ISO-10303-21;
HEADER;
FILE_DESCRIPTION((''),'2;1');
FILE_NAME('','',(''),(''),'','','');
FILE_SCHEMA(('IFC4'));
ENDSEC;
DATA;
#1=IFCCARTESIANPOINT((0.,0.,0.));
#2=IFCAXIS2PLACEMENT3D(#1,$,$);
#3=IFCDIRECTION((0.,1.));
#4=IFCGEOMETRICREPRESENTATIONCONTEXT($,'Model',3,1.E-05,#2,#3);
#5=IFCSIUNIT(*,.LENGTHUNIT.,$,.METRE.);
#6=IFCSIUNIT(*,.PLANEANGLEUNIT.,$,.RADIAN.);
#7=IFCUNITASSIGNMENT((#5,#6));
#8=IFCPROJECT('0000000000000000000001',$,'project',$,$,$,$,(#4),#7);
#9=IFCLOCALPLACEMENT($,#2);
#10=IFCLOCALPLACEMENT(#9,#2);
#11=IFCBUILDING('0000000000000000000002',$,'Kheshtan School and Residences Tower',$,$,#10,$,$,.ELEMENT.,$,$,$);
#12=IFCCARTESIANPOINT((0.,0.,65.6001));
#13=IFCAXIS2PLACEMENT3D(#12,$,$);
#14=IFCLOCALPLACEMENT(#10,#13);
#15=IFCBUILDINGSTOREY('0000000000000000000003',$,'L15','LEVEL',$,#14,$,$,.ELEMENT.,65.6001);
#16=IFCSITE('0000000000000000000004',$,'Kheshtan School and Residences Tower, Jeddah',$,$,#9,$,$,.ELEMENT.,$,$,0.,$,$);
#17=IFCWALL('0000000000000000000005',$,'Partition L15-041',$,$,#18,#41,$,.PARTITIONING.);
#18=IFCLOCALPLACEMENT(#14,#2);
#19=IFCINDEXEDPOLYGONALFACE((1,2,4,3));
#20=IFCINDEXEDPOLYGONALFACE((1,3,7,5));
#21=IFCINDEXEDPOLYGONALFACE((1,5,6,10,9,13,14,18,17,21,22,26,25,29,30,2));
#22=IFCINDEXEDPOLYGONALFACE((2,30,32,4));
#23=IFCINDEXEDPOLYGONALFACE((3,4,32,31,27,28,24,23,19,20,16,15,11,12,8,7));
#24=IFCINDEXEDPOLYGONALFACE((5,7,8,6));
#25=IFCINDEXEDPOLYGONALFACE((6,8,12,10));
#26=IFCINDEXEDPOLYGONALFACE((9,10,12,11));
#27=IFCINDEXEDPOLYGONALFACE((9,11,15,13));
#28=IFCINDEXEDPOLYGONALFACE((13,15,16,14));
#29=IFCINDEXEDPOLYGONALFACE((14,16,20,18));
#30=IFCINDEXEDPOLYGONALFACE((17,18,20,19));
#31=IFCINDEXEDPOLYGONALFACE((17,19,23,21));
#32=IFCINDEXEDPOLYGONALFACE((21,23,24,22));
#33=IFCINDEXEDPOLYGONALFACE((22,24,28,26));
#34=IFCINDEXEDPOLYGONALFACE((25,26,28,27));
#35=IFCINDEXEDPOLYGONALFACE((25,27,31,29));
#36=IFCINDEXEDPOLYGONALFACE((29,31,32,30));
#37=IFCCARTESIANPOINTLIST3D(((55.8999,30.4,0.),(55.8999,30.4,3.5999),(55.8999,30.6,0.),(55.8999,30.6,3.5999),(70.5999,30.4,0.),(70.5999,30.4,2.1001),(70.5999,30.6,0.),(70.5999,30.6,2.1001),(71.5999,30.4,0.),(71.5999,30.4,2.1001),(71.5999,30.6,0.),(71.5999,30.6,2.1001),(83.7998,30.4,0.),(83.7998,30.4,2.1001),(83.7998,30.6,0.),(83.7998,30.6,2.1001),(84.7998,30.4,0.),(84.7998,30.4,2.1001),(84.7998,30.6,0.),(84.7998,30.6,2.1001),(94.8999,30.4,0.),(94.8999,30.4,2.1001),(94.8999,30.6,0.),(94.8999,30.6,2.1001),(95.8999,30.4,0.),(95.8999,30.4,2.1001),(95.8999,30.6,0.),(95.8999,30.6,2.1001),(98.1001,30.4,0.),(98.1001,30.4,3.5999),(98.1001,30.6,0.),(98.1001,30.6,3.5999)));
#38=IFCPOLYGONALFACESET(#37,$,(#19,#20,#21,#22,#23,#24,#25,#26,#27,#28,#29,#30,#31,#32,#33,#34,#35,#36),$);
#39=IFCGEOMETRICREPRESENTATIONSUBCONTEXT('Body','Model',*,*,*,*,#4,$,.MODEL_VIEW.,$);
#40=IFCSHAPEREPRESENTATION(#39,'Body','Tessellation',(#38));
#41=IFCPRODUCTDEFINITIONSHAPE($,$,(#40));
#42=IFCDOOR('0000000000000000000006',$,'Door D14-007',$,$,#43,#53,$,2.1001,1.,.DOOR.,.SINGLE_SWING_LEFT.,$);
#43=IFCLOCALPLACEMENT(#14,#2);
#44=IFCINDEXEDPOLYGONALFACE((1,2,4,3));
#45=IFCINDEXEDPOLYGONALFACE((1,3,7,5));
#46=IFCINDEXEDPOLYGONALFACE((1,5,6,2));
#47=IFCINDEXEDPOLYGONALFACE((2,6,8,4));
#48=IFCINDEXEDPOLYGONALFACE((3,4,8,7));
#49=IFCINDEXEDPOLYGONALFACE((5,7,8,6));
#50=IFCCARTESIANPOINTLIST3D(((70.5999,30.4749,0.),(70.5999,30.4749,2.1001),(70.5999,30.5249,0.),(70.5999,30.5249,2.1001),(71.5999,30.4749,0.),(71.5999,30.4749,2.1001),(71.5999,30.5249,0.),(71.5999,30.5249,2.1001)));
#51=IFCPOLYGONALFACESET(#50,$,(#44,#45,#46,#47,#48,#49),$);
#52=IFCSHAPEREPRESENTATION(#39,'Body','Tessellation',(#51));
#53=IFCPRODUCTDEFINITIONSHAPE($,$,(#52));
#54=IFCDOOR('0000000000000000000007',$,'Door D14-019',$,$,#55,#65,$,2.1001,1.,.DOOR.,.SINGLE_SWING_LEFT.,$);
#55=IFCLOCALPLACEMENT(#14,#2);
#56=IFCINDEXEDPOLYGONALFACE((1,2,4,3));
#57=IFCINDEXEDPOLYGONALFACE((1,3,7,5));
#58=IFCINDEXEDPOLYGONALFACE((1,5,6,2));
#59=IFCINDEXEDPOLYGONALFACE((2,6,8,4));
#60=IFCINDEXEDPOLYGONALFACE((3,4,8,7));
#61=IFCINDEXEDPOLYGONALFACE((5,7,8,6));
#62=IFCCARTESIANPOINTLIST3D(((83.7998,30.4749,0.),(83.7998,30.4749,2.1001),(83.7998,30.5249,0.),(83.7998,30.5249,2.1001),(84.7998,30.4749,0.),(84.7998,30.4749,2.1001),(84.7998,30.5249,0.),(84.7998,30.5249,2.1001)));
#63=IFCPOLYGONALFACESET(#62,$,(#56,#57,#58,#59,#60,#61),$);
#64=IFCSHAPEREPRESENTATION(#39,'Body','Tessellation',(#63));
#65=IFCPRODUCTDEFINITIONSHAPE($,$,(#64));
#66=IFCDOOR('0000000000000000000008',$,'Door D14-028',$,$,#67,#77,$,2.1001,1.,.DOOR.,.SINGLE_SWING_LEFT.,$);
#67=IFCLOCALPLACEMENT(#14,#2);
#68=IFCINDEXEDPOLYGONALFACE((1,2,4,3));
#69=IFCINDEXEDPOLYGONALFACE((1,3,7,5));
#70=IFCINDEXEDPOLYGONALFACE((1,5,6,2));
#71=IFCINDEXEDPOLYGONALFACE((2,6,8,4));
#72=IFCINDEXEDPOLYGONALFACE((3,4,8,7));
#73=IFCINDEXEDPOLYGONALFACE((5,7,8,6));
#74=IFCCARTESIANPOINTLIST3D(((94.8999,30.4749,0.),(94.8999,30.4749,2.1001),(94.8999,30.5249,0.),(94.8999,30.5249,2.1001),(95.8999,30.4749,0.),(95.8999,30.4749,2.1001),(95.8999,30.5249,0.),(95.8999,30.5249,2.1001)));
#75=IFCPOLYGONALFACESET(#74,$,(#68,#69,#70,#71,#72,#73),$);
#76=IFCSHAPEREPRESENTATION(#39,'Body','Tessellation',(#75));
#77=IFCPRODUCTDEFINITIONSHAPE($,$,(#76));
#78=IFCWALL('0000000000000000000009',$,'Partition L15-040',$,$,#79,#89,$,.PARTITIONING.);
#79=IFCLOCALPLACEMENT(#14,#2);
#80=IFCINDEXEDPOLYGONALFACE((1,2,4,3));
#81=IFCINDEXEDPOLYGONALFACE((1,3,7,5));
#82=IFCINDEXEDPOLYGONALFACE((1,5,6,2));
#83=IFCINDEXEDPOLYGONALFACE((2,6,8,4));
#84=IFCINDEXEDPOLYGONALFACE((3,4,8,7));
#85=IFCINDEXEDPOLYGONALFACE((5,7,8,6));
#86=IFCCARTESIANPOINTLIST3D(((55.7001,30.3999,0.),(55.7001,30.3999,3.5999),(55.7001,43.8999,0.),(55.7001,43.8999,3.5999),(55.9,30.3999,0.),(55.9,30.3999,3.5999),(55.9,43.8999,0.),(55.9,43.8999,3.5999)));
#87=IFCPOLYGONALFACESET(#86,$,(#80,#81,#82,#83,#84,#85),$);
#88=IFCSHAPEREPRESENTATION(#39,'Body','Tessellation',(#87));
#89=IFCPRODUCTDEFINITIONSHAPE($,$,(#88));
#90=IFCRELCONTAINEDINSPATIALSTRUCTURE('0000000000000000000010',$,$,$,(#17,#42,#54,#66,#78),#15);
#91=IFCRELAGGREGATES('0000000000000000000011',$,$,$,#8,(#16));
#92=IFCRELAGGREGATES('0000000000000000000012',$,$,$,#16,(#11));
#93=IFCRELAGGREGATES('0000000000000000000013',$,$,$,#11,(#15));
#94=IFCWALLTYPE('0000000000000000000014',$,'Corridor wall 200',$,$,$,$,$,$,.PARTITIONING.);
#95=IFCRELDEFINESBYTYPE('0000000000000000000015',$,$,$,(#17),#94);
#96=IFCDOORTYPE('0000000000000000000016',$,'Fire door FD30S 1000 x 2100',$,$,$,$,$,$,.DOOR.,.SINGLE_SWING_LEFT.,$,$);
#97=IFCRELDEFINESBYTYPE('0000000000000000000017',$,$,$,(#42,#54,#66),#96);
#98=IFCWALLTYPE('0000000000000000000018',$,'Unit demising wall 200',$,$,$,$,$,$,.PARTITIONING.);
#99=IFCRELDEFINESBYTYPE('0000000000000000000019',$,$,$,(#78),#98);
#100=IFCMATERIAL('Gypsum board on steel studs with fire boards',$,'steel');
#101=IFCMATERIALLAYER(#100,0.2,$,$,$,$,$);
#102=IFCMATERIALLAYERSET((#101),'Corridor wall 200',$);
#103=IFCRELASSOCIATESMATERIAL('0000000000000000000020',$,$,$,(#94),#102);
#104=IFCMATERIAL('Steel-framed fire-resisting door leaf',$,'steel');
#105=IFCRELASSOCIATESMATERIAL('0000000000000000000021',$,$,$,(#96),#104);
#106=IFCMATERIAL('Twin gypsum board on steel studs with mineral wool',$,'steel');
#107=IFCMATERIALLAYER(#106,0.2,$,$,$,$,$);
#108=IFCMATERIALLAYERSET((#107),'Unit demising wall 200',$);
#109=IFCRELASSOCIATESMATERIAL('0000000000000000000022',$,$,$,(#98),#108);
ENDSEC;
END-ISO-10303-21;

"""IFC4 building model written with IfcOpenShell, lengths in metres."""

from ifc_helpers import new_model, si_unit, direction, frame, frame_2d, origin, place, context, subcontext, project, spatial, rectangle, extrude, source, transform, mapped, material, layer, layer_set, type_object, element, fill, save


model = new_model("IFC4")

# Units and contexts
model_context = context("Model", 3, precision=1e-05, world=origin(), true_north=direction((0.0, 1.0)))
body_context = subcontext(model_context, "Body", "Model", "MODEL_VIEW")
ifc_project = project(units=[si_unit("LENGTHUNIT", "METRE"), si_unit("PLANEANGLEUNIT", "RADIAN")], contexts=[model_context])

# Site, building, storey
site_placement = place(None, origin())
site = spatial("IfcSite", under=ifc_project, at=site_placement, Name="Kheshtan School and Residences Tower, Jeddah", CompositionType="ELEMENT", RefElevation=0.0)
building_placement = place(site_placement, origin())
building = spatial("IfcBuilding", under=site, at=building_placement, Name="Kheshtan School and Residences Tower", CompositionType="ELEMENT")
storey_placement = place(building_placement, frame((0.0, 0.0, 65.6001)))
storey = spatial("IfcBuildingStorey", under=building, at=storey_placement, Name="L15", Description="LEVEL", CompositionType="ELEMENT", Elevation=65.6001)

# Wall, openings, doors
ifc_material_1 = material(Name="Gypsum board on steel studs with fire boards", Category="steel")
ifc_layer_1 = layer(ifc_material_1, 0.2)
ifc_layer_set_1 = layer_set([ifc_layer_1], Name="Corridor wall 200")
wall_type_1 = type_object("IfcWallType", Name="Corridor wall 200", PredefinedType="PARTITIONING", material=ifc_layer_set_1)
wall_1_placement = place(storey_placement, frame((55.8999, 30.5, 0.0), z_axis=(0.0, 0.0, 1.0), x_axis=(1.0, 0.0, 0.0)))
wall_1 = element("IfcWall", 1, at=wall_1_placement, inside=storey, type_object=wall_type_1, Name="Partition L15-041", PredefinedType="PARTITIONING", context=body_context, shape_type="SweptSolid", body=[
    extrude(rectangle(XDim=42.2002, YDim=0.2, at=frame_2d((21.1001, 0.0))), origin(), (0.0, 0.0, 1.0), 3.5999),
])
opening_1_placement = place(wall_1_placement, frame((14.7, 0.0, 0.0)))
opening_1 = element("IfcOpeningElement", 2, at=opening_1_placement, cuts=wall_1, PredefinedType="OPENING", context=body_context, shape_type="SweptSolid", body=[
    extrude(rectangle(XDim=1.0, YDim=2.1001, at=frame_2d((0.5, 1.05))), frame((0.0, 0.1099, 0.0), z_axis=(0.0, -1.0, 0.0), x_axis=(1.0, 0.0, 0.0)), (0.0, 0.0, 1.0), 0.22),
])
opening_2_placement = place(wall_1_placement, frame((27.8999, 0.0, 0.0)))
opening_2 = element("IfcOpeningElement", 3, at=opening_2_placement, cuts=wall_1, PredefinedType="OPENING", context=body_context, shape_type="SweptSolid", body=[
    extrude(rectangle(XDim=1.0, YDim=2.1001, at=frame_2d((0.5, 1.05))), frame((0.0, 0.1099, 0.0), z_axis=(0.0, -1.0, 0.0), x_axis=(1.0, 0.0, 0.0)), (0.0, 0.0, 1.0), 0.22),
])
opening_3_placement = place(wall_1_placement, frame((39.0, 0.0, 0.0)))
opening_3 = element("IfcOpeningElement", 4, at=opening_3_placement, cuts=wall_1, PredefinedType="OPENING", context=body_context, shape_type="SweptSolid", body=[
    extrude(rectangle(XDim=1.0, YDim=2.1001, at=frame_2d((0.5, 1.05))), frame((0.0, 0.1099, 0.0), z_axis=(0.0, -1.0, 0.0), x_axis=(1.0, 0.0, 0.0)), (0.0, 0.0, 1.0), 0.22),
])
ifc_material_2 = material(Name="Steel-framed fire-resisting door leaf", Category="steel")
door_type_1 = type_object("IfcDoorType", Name="Fire door FD30S 1000 x 2100", OperationType="SINGLE_SWING_LEFT", PredefinedType="DOOR", material=ifc_material_2)
shared_shape_1 = source(origin(), body_context, "Body", "SweptSolid", [
    extrude(rectangle(XDim=1.0, YDim=2.1001, at=frame_2d((0.5, 1.05))), frame((0.0, 0.0249, 0.0), z_axis=(0.0, -1.0, 0.0), x_axis=(1.0, 0.0, 0.0)), (0.0, 0.0, 1.0), 0.05),
])
door_1_placement = place(opening_1_placement, origin())
door_1 = element("IfcDoor", 5, at=door_1_placement, inside=storey, type_object=door_type_1, Name="Door D14-007", OperationType="SINGLE_SWING_LEFT", OverallHeight=2.1001, OverallWidth=1.0, PredefinedType="DOOR", context=body_context, shape_type="MappedRepresentation", body=[
    mapped(shared_shape_1, transform((0.0, 0.0, 0.0), x_axis=(1.0, 0.0, 0.0), y_axis=(0.0, 1.0, 0.0), z_axis=(0.0, 0.0, 1.0), scale=1.0)),
])
fill(opening_1, door_1)
door_2_placement = place(opening_2_placement, origin())
door_2 = element("IfcDoor", 6, at=door_2_placement, inside=storey, type_object=door_type_1, Name="Door D14-019", OperationType="SINGLE_SWING_LEFT", OverallHeight=2.1001, OverallWidth=1.0, PredefinedType="DOOR", context=body_context, shape_type="MappedRepresentation", body=[
    mapped(shared_shape_1, transform((0.0, 0.0, 0.0), x_axis=(1.0, 0.0, 0.0), y_axis=(0.0, 1.0, 0.0), z_axis=(0.0, 0.0, 1.0), scale=1.0)),
])
fill(opening_2, door_2)
door_3_placement = place(opening_3_placement, origin())
door_3 = element("IfcDoor", 7, at=door_3_placement, inside=storey, type_object=door_type_1, Name="Door D14-028", OperationType="SINGLE_SWING_LEFT", OverallHeight=2.1001, OverallWidth=1.0, PredefinedType="DOOR", context=body_context, shape_type="MappedRepresentation", body=[
    mapped(shared_shape_1, transform((0.0, 0.0, 0.0), x_axis=(1.0, 0.0, 0.0), y_axis=(0.0, 1.0, 0.0), z_axis=(0.0, 0.0, 1.0), scale=1.0)),
])
fill(opening_3, door_3)

# Wall
ifc_material_3 = material(Name="Twin gypsum board on steel studs with mineral wool", Category="steel")
ifc_layer_2 = layer(ifc_material_3, 0.2)
ifc_layer_set_2 = layer_set([ifc_layer_2], Name="Unit demising wall 200")
wall_type_2 = type_object("IfcWallType", Name="Unit demising wall 200", PredefinedType="PARTITIONING", material=ifc_layer_set_2)
wall_2_placement = place(storey_placement, frame((55.8, 30.3999, 0.0), z_axis=(0.0, 0.0, 1.0), x_axis=(0.0, 1.0, 0.0)))
element("IfcWall", 8, at=wall_2_placement, inside=storey, type_object=wall_type_2, Name="Partition L15-040", PredefinedType="PARTITIONING", context=body_context, shape_type="SweptSolid", body=[
    extrude(rectangle(XDim=13.5, YDim=0.2, at=frame_2d((6.75, 0.0))), origin(), (0.0, 0.0, 1.0), 3.5999),
])

save(model, "model.ifc")
